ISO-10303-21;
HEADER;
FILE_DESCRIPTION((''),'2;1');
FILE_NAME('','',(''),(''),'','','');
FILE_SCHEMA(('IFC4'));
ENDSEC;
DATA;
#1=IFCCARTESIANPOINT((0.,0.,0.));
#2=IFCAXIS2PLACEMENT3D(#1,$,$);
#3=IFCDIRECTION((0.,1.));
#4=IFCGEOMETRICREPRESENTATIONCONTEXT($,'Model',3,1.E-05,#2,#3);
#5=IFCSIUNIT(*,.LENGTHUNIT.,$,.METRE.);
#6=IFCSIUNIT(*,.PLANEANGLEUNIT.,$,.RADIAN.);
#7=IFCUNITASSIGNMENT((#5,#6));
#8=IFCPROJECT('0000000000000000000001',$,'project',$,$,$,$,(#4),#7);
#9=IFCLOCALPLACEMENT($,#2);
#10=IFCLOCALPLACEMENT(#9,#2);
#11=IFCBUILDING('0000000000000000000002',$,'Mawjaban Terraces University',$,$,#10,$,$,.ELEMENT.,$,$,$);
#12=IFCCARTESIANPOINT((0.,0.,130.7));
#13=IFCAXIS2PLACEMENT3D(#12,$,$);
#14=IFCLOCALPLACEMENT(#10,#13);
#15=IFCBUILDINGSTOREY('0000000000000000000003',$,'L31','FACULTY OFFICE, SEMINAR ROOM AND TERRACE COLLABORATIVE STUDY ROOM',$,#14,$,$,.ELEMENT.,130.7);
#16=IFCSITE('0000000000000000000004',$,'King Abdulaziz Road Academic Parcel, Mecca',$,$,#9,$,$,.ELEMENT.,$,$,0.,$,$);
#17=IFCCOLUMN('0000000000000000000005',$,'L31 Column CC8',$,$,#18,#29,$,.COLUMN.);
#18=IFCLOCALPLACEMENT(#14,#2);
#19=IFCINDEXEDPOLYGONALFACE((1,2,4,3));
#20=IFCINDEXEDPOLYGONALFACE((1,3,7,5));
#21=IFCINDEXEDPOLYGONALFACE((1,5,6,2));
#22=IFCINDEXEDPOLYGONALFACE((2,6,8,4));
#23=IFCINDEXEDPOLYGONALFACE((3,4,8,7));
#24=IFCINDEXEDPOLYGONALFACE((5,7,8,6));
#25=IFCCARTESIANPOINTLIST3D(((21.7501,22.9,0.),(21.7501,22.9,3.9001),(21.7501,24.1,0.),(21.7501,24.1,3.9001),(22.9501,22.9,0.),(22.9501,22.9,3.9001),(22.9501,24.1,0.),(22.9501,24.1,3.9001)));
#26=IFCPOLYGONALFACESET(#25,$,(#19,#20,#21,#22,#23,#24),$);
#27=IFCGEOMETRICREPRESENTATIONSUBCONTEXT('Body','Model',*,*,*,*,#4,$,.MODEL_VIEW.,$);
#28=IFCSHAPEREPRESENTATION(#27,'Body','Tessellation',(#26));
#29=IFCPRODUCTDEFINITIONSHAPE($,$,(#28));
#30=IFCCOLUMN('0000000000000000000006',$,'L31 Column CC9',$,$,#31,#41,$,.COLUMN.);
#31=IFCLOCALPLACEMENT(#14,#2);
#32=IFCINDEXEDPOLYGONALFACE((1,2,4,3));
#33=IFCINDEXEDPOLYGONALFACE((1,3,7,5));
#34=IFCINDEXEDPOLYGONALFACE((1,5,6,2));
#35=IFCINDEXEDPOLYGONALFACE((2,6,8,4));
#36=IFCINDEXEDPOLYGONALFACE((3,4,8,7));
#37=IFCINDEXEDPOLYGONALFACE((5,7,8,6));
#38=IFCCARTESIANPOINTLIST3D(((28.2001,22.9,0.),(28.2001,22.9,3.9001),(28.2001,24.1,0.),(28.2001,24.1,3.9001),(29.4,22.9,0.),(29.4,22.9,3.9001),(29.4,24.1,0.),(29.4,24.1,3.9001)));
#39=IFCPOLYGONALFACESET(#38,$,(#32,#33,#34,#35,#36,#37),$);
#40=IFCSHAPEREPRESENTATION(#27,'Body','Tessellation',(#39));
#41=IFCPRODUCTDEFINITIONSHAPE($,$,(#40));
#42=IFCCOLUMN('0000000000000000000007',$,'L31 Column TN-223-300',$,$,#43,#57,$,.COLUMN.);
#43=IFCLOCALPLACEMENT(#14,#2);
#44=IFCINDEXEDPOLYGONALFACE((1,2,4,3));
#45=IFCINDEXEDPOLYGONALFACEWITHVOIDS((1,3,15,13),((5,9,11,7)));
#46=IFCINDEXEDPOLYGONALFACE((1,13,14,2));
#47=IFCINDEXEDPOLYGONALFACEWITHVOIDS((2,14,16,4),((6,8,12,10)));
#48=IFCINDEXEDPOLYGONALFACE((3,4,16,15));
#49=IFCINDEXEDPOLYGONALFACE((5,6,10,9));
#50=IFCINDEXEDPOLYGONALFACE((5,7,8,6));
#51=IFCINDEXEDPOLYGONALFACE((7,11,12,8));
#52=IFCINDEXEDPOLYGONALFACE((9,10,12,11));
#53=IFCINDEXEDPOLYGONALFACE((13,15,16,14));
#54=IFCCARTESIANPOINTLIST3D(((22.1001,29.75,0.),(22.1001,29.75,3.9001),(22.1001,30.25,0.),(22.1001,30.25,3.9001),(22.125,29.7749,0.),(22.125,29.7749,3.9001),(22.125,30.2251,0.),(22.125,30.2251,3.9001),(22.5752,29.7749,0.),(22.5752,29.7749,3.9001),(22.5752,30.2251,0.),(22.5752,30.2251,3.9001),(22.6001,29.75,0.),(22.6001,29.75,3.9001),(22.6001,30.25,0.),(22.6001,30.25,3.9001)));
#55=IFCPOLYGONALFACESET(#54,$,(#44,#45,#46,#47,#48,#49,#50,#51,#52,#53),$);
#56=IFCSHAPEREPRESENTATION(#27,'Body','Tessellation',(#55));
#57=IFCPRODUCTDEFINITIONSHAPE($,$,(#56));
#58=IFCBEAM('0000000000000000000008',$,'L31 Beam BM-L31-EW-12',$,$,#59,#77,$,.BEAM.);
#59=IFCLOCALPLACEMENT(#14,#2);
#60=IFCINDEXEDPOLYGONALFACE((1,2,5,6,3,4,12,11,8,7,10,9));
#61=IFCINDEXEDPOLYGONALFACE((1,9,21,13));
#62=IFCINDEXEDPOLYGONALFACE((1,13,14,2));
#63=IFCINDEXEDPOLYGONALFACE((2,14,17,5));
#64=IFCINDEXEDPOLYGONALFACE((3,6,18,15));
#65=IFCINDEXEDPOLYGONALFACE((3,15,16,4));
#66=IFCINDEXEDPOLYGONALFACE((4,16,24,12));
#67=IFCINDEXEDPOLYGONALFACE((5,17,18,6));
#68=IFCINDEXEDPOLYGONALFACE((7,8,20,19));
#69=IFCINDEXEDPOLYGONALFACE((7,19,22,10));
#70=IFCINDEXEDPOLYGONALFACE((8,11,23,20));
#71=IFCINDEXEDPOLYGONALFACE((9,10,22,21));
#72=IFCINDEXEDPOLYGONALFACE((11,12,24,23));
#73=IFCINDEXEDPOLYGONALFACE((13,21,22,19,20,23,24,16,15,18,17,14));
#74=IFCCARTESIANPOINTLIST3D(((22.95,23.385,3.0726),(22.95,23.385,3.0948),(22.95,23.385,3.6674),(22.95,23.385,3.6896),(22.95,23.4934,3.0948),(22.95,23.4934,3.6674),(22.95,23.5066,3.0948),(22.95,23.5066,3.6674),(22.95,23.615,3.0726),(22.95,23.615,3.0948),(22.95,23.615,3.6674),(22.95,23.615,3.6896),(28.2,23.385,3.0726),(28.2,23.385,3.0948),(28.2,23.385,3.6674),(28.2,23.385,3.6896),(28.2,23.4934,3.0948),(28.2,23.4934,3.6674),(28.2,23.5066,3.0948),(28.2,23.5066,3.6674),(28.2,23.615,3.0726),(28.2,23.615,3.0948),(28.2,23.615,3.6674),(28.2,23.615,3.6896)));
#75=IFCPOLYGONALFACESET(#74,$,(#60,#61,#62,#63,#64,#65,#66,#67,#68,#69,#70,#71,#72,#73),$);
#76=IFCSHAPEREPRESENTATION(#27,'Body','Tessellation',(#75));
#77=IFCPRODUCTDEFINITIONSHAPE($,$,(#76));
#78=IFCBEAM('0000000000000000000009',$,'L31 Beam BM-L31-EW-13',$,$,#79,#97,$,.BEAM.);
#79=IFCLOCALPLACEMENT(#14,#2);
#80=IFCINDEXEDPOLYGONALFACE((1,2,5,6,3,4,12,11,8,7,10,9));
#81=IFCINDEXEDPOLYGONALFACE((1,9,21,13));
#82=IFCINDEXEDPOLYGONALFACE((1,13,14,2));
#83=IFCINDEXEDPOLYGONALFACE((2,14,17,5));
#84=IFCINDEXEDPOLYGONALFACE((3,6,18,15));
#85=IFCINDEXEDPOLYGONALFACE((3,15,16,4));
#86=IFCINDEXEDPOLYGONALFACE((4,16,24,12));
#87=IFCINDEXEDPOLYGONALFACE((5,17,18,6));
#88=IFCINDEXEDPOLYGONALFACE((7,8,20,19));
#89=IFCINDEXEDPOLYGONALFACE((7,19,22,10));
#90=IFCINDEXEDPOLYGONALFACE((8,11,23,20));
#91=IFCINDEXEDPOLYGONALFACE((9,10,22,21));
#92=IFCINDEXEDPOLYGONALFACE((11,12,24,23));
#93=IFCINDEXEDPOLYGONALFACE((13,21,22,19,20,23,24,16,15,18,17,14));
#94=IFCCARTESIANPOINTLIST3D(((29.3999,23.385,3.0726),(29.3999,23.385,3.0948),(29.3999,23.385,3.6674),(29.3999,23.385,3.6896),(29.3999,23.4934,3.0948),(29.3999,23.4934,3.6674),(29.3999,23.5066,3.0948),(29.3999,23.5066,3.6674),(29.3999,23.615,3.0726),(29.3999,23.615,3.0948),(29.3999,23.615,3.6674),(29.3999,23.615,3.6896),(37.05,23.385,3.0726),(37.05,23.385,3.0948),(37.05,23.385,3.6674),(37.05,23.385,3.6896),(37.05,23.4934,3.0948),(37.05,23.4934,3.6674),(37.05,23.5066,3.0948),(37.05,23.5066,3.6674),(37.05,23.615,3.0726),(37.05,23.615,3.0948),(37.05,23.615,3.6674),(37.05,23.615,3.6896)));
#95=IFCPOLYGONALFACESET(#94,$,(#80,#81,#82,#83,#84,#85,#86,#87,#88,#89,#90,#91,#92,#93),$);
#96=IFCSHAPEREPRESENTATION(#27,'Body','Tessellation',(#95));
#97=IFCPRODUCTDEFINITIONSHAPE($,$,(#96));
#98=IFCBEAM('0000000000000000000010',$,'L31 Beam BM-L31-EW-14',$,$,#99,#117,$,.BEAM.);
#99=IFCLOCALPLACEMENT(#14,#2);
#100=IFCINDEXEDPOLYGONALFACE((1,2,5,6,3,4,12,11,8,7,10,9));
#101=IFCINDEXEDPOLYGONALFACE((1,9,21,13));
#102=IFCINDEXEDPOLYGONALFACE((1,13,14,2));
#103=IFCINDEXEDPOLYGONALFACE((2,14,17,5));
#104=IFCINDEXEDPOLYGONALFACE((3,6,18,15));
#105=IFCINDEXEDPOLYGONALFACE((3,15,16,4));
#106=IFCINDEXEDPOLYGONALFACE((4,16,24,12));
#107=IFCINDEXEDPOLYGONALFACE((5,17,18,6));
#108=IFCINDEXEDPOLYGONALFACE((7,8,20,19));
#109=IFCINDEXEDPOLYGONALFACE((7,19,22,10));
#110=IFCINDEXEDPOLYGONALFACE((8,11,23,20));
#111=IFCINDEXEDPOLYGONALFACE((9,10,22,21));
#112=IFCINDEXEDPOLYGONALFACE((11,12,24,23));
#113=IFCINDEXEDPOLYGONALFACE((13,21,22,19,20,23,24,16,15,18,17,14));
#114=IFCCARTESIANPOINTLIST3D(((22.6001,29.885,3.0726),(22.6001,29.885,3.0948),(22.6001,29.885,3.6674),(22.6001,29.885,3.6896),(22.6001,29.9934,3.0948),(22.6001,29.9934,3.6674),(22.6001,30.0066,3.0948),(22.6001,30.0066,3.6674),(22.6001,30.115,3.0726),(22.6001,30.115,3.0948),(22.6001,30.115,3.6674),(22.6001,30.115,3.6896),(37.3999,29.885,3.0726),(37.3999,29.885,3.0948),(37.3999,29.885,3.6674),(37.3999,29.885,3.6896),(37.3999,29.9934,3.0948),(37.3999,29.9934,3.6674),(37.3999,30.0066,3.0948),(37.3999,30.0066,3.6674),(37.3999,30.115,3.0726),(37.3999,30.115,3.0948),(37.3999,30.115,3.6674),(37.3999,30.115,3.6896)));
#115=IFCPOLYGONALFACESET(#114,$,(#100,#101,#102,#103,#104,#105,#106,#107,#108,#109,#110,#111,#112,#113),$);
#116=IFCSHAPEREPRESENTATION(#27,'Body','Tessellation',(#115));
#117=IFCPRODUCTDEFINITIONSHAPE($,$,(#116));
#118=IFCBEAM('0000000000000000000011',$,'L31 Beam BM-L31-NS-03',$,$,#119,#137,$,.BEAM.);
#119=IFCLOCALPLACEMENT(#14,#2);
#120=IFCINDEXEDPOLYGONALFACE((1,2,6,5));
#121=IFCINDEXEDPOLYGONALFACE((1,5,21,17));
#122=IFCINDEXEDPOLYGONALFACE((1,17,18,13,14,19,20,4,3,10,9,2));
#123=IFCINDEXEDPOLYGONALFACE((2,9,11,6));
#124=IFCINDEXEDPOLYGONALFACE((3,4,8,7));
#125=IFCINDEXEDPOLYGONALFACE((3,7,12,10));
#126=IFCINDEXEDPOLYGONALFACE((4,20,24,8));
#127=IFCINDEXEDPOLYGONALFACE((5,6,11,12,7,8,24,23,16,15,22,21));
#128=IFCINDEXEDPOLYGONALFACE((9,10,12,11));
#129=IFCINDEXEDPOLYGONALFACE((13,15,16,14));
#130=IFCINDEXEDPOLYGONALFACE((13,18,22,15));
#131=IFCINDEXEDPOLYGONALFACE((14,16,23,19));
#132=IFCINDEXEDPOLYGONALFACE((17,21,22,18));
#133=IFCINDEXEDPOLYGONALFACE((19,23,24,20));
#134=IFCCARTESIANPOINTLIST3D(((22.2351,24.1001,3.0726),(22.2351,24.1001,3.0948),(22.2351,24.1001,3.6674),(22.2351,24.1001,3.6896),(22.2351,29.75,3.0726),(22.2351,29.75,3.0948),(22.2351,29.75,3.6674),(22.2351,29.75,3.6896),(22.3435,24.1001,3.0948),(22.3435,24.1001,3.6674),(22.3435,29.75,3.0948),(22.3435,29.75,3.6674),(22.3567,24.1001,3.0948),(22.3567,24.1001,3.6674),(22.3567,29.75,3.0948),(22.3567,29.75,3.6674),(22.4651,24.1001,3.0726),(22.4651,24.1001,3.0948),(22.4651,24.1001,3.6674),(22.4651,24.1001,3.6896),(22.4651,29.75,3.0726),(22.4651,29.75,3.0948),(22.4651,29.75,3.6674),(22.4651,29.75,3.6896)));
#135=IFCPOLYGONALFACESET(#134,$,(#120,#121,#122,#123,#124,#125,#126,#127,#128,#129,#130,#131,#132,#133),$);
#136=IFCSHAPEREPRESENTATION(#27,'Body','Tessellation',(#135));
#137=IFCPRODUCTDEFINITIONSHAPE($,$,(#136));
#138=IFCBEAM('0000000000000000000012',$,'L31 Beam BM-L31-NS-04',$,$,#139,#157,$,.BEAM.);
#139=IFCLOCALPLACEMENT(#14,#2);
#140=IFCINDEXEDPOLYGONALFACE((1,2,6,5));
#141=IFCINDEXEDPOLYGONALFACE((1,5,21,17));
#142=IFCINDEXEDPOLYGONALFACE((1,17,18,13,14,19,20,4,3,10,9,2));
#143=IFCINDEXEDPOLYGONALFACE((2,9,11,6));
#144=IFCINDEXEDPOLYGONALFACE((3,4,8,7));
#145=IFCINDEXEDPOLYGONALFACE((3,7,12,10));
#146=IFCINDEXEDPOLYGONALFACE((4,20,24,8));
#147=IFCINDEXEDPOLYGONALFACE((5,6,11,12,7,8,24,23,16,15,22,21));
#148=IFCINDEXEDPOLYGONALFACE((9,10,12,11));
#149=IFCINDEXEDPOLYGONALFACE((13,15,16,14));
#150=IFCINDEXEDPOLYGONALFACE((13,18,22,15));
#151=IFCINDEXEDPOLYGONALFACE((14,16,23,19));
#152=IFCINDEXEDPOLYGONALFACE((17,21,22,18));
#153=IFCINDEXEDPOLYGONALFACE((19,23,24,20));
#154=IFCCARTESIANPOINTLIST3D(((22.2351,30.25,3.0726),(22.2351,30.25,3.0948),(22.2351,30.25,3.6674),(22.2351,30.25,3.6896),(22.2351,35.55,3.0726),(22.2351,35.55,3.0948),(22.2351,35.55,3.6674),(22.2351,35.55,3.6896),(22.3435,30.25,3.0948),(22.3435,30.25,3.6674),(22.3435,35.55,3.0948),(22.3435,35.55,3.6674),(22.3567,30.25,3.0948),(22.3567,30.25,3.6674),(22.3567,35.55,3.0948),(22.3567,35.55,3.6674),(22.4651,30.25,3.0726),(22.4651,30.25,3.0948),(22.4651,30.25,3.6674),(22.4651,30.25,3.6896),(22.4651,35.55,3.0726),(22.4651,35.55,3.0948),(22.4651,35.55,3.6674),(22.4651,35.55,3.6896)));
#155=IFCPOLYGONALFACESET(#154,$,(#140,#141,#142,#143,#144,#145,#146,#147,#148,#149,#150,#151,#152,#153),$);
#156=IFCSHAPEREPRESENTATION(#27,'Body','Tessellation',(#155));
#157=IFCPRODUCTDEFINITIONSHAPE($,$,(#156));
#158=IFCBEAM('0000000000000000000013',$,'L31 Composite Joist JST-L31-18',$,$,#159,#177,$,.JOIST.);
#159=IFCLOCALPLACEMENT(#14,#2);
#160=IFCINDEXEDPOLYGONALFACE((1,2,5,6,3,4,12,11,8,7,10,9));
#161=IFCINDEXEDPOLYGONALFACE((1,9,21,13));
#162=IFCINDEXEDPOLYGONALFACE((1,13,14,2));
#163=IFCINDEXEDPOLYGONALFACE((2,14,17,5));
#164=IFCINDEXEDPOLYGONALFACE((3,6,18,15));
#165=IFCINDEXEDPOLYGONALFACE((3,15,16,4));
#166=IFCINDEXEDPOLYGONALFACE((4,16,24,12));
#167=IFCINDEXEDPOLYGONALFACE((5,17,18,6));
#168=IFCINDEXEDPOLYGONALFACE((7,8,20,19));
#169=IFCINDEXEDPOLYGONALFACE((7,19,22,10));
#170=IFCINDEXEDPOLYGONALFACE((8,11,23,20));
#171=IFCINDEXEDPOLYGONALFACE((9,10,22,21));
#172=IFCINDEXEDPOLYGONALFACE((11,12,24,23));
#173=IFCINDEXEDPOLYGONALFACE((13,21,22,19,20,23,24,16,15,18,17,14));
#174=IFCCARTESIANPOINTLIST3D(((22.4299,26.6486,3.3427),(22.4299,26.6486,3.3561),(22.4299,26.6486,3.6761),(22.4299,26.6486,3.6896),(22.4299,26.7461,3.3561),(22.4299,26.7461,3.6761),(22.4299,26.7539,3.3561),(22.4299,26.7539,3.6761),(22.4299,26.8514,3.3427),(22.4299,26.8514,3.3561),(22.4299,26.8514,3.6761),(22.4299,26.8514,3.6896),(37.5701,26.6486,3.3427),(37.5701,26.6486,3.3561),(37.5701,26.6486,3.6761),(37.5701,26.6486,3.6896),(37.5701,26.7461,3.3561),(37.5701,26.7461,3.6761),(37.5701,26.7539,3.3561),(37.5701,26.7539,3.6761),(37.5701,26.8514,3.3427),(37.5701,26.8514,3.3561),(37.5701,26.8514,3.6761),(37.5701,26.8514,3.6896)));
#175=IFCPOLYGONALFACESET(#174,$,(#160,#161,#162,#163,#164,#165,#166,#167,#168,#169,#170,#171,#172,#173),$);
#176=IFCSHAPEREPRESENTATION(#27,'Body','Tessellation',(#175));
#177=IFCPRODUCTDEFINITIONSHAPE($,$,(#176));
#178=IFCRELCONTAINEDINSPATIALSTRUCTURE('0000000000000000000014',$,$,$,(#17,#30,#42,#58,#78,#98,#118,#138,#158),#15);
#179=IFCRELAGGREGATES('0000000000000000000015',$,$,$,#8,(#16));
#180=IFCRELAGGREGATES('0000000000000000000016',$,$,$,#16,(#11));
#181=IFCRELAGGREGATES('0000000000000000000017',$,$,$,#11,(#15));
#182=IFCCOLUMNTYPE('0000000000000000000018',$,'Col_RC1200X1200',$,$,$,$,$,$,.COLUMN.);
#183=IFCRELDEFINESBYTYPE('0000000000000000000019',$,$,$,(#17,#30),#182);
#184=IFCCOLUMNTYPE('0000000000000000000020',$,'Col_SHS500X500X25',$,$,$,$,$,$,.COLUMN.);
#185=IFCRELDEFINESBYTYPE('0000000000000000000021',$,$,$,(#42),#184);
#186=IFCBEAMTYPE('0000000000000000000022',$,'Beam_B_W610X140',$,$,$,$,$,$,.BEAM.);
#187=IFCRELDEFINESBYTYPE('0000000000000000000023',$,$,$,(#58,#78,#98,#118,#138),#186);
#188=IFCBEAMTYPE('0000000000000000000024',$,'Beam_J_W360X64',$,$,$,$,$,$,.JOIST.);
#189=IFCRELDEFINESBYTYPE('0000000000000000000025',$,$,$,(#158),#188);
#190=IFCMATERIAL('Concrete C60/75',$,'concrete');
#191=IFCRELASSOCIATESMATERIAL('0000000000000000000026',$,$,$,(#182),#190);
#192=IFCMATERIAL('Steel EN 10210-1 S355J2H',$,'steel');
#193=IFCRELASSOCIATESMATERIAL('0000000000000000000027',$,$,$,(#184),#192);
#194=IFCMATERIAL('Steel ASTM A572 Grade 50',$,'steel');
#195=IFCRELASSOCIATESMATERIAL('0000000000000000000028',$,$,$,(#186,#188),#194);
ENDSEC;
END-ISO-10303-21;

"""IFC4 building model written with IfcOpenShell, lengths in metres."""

from ifc_helpers import new_model, si_unit, direction, frame, origin, origin_2d, place, context, subcontext, project, spatial, rectangle, hollow_rectangle, i_section, extrude, material, material_profile, profile_set, type_object, element, save


model = new_model("IFC4")

# Units and contexts
model_context = context("Model", 3, precision=1e-05, world=origin(), true_north=direction((0.0, 1.0)))
body_context = subcontext(model_context, "Body", "Model", "MODEL_VIEW")
ifc_project = project(units=[si_unit("LENGTHUNIT", "METRE"), si_unit("PLANEANGLEUNIT", "RADIAN")], contexts=[model_context])

# Site, building, storey
site_placement = place(None, origin())
site = spatial("IfcSite", under=ifc_project, at=site_placement, Name="King Abdulaziz Road Academic Parcel, Mecca", CompositionType="ELEMENT", RefElevation=0.0)
building_placement = place(site_placement, origin())
building = spatial("IfcBuilding", under=site, at=building_placement, Name="Mawjaban Terraces University", CompositionType="ELEMENT")
storey_placement = place(building_placement, frame((0.0, 0.0, 130.7)))
storey = spatial("IfcBuildingStorey", under=building, at=storey_placement, Name="L31", Description="FACULTY OFFICE, SEMINAR ROOM AND TERRACE COLLABORATIVE STUDY ROOM", CompositionType="ELEMENT", Elevation=130.7)

# Columns
ifc_material_1 = material(Name="Concrete C60/75", Category="concrete")
ifc_material_profile_1 = material_profile(ifc_material_1, rectangle(XDim=1.2, YDim=1.2, at=origin_2d()), Name="RC1200X1200")
ifc_profile_set_1 = profile_set([ifc_material_profile_1], Name="Concrete C60/75")
column_type_1 = type_object("IfcColumnType", Name="Col_RC1200X1200", PredefinedType="COLUMN", material=ifc_profile_set_1)
for number, where, z_axis, x_axis, name in (
    (1, (22.3501, 23.5, 0.0), (0.0, 0.0, 1.0), (1.0, 0.0, 0.0), "L31 Column CC8"),
    (2, (28.8, 23.5, 0.0), (0.0, 0.0, 1.0), (1.0, 0.0, 0.0), "L31 Column CC9"),
):
    element("IfcColumn", number, at=place(storey_placement, frame(where, z_axis=z_axis, x_axis=x_axis)), inside=storey, type_object=column_type_1, Name=name, PredefinedType="COLUMN", context=body_context, shape_type="SweptSolid", body=[
        extrude(rectangle(XDim=1.2, YDim=1.2, at=origin_2d()), origin(), (0.0, 0.0, 1.0), 3.9001),
    ])
ifc_material_2 = material(Name="Steel EN 10210-1 S355J2H", Category="steel")
ifc_material_profile_2 = material_profile(ifc_material_2, hollow_rectangle(XDim=0.5, YDim=0.5, WallThickness=0.0249, at=origin_2d()), Name="SHS500X500X25")
ifc_profile_set_2 = profile_set([ifc_material_profile_2], Name="Steel EN 10210-1 S355J2H")
column_type_2 = type_object("IfcColumnType", Name="Col_SHS500X500X25", PredefinedType="COLUMN", material=ifc_profile_set_2)
column_placement = place(storey_placement, frame((22.3501, 30.0, 0.0), z_axis=(0.0, 0.0, 1.0), x_axis=(1.0, 0.0, 0.0)))
element("IfcColumn", 3, at=column_placement, inside=storey, type_object=column_type_2, Name="L31 Column TN-223-300", PredefinedType="COLUMN", context=body_context, shape_type="SweptSolid", body=[
    extrude(hollow_rectangle(XDim=0.5, YDim=0.5, WallThickness=0.0249, at=origin_2d()), origin(), (0.0, 0.0, 1.0), 3.9001),
])

# Beams
ifc_material_3 = material(Name="Steel ASTM A572 Grade 50", Category="steel")
ifc_material_profile_3 = material_profile(ifc_material_3, i_section(OverallWidth=0.23, OverallDepth=0.6169, WebThickness=0.0132, FlangeThickness=0.0222, at=origin_2d()), Name="W610X140")
ifc_profile_set_3 = profile_set([ifc_material_profile_3], Name="Steel ASTM A572 Grade 50")
beam_type_1 = type_object("IfcBeamType", Name="Beam_B_W610X140", PredefinedType="BEAM", material=ifc_profile_set_3)
beam_1_placement = place(storey_placement, frame((22.95, 23.5, 3.3811), z_axis=(1.0, 0.0, 0.0), x_axis=(0.0, 1.0, 0.0)))
element("IfcBeam", 4, at=beam_1_placement, inside=storey, type_object=beam_type_1, Name="L31 Beam BM-L31-EW-12", PredefinedType="BEAM", context=body_context, shape_type="SweptSolid", body=[
    extrude(i_section(OverallWidth=0.23, OverallDepth=0.6169, WebThickness=0.0132, FlangeThickness=0.0222, at=origin_2d()), origin(), (0.0, 0.0, 1.0), 5.25),
])
beam_2_placement = place(storey_placement, frame((29.3999, 23.5, 3.3811), z_axis=(1.0, 0.0, 0.0), x_axis=(0.0, 1.0, 0.0)))
element("IfcBeam", 5, at=beam_2_placement, inside=storey, type_object=beam_type_1, Name="L31 Beam BM-L31-EW-13", PredefinedType="BEAM", context=body_context, shape_type="SweptSolid", body=[
    extrude(i_section(OverallWidth=0.23, OverallDepth=0.6169, WebThickness=0.0132, FlangeThickness=0.0222, at=origin_2d()), origin(), (0.0, 0.0, 1.0), 7.6501),
])
beam_3_placement = place(storey_placement, frame((22.6001, 30.0, 3.3811), z_axis=(1.0, 0.0, 0.0), x_axis=(0.0, 1.0, 0.0)))
element("IfcBeam", 6, at=beam_3_placement, inside=storey, type_object=beam_type_1, Name="L31 Beam BM-L31-EW-14", PredefinedType="BEAM", context=body_context, shape_type="SweptSolid", body=[
    extrude(i_section(OverallWidth=0.23, OverallDepth=0.6169, WebThickness=0.0132, FlangeThickness=0.0222, at=origin_2d()), origin(), (0.0, 0.0, 1.0), 14.7998),
])
beam_4_placement = place(storey_placement, frame((22.3501, 24.1001, 3.3811), z_axis=(0.0, 1.0, 0.0), x_axis=(-1.0, 0.0, 0.0)))
element("IfcBeam", 7, at=beam_4_placement, inside=storey, type_object=beam_type_1, Name="L31 Beam BM-L31-NS-03", PredefinedType="BEAM", context=body_context, shape_type="SweptSolid", body=[
    extrude(i_section(OverallWidth=0.23, OverallDepth=0.6169, WebThickness=0.0132, FlangeThickness=0.0222, at=origin_2d()), origin(), (0.0, 0.0, 1.0), 5.6499),
])
beam_5_placement = place(storey_placement, frame((22.3501, 30.25, 3.3811), z_axis=(0.0, 1.0, 0.0), x_axis=(-1.0, 0.0, 0.0)))
element("IfcBeam", 8, at=beam_5_placement, inside=storey, type_object=beam_type_1, Name="L31 Beam BM-L31-NS-04", PredefinedType="BEAM", context=body_context, shape_type="SweptSolid", body=[
    extrude(i_section(OverallWidth=0.23, OverallDepth=0.6169, WebThickness=0.0132, FlangeThickness=0.0222, at=origin_2d()), origin(), (0.0, 0.0, 1.0), 5.3),
])
ifc_material_profile_4 = material_profile(ifc_material_3, i_section(OverallWidth=0.2029, OverallDepth=0.3469, WebThickness=0.0078, FlangeThickness=0.0134, at=origin_2d()), Name="W360X64")
ifc_profile_set_4 = profile_set([ifc_material_profile_4], Name="Steel ASTM A572 Grade 50")
beam_type_2 = type_object("IfcBeamType", Name="Beam_J_W360X64", PredefinedType="JOIST", material=ifc_profile_set_4)
for number, where, z_axis, x_axis, name in (
    (9, (22.4299, 26.75, 3.5161), (1.0, 0.0, 0.0), (0.0, 1.0, 0.0), "L31 Composite Joist JST-L31-18"),
):
    element("IfcBeam", number, at=place(storey_placement, frame(where, z_axis=z_axis, x_axis=x_axis)), inside=storey, type_object=beam_type_2, Name=name, PredefinedType="JOIST", context=body_context, shape_type="SweptSolid", body=[
        extrude(i_section(OverallWidth=0.2029, OverallDepth=0.3469, WebThickness=0.0078, FlangeThickness=0.0134, at=origin_2d()), origin(), (0.0, 0.0, 1.0), 15.1401),
    ])

save(model, "model.ifc")
